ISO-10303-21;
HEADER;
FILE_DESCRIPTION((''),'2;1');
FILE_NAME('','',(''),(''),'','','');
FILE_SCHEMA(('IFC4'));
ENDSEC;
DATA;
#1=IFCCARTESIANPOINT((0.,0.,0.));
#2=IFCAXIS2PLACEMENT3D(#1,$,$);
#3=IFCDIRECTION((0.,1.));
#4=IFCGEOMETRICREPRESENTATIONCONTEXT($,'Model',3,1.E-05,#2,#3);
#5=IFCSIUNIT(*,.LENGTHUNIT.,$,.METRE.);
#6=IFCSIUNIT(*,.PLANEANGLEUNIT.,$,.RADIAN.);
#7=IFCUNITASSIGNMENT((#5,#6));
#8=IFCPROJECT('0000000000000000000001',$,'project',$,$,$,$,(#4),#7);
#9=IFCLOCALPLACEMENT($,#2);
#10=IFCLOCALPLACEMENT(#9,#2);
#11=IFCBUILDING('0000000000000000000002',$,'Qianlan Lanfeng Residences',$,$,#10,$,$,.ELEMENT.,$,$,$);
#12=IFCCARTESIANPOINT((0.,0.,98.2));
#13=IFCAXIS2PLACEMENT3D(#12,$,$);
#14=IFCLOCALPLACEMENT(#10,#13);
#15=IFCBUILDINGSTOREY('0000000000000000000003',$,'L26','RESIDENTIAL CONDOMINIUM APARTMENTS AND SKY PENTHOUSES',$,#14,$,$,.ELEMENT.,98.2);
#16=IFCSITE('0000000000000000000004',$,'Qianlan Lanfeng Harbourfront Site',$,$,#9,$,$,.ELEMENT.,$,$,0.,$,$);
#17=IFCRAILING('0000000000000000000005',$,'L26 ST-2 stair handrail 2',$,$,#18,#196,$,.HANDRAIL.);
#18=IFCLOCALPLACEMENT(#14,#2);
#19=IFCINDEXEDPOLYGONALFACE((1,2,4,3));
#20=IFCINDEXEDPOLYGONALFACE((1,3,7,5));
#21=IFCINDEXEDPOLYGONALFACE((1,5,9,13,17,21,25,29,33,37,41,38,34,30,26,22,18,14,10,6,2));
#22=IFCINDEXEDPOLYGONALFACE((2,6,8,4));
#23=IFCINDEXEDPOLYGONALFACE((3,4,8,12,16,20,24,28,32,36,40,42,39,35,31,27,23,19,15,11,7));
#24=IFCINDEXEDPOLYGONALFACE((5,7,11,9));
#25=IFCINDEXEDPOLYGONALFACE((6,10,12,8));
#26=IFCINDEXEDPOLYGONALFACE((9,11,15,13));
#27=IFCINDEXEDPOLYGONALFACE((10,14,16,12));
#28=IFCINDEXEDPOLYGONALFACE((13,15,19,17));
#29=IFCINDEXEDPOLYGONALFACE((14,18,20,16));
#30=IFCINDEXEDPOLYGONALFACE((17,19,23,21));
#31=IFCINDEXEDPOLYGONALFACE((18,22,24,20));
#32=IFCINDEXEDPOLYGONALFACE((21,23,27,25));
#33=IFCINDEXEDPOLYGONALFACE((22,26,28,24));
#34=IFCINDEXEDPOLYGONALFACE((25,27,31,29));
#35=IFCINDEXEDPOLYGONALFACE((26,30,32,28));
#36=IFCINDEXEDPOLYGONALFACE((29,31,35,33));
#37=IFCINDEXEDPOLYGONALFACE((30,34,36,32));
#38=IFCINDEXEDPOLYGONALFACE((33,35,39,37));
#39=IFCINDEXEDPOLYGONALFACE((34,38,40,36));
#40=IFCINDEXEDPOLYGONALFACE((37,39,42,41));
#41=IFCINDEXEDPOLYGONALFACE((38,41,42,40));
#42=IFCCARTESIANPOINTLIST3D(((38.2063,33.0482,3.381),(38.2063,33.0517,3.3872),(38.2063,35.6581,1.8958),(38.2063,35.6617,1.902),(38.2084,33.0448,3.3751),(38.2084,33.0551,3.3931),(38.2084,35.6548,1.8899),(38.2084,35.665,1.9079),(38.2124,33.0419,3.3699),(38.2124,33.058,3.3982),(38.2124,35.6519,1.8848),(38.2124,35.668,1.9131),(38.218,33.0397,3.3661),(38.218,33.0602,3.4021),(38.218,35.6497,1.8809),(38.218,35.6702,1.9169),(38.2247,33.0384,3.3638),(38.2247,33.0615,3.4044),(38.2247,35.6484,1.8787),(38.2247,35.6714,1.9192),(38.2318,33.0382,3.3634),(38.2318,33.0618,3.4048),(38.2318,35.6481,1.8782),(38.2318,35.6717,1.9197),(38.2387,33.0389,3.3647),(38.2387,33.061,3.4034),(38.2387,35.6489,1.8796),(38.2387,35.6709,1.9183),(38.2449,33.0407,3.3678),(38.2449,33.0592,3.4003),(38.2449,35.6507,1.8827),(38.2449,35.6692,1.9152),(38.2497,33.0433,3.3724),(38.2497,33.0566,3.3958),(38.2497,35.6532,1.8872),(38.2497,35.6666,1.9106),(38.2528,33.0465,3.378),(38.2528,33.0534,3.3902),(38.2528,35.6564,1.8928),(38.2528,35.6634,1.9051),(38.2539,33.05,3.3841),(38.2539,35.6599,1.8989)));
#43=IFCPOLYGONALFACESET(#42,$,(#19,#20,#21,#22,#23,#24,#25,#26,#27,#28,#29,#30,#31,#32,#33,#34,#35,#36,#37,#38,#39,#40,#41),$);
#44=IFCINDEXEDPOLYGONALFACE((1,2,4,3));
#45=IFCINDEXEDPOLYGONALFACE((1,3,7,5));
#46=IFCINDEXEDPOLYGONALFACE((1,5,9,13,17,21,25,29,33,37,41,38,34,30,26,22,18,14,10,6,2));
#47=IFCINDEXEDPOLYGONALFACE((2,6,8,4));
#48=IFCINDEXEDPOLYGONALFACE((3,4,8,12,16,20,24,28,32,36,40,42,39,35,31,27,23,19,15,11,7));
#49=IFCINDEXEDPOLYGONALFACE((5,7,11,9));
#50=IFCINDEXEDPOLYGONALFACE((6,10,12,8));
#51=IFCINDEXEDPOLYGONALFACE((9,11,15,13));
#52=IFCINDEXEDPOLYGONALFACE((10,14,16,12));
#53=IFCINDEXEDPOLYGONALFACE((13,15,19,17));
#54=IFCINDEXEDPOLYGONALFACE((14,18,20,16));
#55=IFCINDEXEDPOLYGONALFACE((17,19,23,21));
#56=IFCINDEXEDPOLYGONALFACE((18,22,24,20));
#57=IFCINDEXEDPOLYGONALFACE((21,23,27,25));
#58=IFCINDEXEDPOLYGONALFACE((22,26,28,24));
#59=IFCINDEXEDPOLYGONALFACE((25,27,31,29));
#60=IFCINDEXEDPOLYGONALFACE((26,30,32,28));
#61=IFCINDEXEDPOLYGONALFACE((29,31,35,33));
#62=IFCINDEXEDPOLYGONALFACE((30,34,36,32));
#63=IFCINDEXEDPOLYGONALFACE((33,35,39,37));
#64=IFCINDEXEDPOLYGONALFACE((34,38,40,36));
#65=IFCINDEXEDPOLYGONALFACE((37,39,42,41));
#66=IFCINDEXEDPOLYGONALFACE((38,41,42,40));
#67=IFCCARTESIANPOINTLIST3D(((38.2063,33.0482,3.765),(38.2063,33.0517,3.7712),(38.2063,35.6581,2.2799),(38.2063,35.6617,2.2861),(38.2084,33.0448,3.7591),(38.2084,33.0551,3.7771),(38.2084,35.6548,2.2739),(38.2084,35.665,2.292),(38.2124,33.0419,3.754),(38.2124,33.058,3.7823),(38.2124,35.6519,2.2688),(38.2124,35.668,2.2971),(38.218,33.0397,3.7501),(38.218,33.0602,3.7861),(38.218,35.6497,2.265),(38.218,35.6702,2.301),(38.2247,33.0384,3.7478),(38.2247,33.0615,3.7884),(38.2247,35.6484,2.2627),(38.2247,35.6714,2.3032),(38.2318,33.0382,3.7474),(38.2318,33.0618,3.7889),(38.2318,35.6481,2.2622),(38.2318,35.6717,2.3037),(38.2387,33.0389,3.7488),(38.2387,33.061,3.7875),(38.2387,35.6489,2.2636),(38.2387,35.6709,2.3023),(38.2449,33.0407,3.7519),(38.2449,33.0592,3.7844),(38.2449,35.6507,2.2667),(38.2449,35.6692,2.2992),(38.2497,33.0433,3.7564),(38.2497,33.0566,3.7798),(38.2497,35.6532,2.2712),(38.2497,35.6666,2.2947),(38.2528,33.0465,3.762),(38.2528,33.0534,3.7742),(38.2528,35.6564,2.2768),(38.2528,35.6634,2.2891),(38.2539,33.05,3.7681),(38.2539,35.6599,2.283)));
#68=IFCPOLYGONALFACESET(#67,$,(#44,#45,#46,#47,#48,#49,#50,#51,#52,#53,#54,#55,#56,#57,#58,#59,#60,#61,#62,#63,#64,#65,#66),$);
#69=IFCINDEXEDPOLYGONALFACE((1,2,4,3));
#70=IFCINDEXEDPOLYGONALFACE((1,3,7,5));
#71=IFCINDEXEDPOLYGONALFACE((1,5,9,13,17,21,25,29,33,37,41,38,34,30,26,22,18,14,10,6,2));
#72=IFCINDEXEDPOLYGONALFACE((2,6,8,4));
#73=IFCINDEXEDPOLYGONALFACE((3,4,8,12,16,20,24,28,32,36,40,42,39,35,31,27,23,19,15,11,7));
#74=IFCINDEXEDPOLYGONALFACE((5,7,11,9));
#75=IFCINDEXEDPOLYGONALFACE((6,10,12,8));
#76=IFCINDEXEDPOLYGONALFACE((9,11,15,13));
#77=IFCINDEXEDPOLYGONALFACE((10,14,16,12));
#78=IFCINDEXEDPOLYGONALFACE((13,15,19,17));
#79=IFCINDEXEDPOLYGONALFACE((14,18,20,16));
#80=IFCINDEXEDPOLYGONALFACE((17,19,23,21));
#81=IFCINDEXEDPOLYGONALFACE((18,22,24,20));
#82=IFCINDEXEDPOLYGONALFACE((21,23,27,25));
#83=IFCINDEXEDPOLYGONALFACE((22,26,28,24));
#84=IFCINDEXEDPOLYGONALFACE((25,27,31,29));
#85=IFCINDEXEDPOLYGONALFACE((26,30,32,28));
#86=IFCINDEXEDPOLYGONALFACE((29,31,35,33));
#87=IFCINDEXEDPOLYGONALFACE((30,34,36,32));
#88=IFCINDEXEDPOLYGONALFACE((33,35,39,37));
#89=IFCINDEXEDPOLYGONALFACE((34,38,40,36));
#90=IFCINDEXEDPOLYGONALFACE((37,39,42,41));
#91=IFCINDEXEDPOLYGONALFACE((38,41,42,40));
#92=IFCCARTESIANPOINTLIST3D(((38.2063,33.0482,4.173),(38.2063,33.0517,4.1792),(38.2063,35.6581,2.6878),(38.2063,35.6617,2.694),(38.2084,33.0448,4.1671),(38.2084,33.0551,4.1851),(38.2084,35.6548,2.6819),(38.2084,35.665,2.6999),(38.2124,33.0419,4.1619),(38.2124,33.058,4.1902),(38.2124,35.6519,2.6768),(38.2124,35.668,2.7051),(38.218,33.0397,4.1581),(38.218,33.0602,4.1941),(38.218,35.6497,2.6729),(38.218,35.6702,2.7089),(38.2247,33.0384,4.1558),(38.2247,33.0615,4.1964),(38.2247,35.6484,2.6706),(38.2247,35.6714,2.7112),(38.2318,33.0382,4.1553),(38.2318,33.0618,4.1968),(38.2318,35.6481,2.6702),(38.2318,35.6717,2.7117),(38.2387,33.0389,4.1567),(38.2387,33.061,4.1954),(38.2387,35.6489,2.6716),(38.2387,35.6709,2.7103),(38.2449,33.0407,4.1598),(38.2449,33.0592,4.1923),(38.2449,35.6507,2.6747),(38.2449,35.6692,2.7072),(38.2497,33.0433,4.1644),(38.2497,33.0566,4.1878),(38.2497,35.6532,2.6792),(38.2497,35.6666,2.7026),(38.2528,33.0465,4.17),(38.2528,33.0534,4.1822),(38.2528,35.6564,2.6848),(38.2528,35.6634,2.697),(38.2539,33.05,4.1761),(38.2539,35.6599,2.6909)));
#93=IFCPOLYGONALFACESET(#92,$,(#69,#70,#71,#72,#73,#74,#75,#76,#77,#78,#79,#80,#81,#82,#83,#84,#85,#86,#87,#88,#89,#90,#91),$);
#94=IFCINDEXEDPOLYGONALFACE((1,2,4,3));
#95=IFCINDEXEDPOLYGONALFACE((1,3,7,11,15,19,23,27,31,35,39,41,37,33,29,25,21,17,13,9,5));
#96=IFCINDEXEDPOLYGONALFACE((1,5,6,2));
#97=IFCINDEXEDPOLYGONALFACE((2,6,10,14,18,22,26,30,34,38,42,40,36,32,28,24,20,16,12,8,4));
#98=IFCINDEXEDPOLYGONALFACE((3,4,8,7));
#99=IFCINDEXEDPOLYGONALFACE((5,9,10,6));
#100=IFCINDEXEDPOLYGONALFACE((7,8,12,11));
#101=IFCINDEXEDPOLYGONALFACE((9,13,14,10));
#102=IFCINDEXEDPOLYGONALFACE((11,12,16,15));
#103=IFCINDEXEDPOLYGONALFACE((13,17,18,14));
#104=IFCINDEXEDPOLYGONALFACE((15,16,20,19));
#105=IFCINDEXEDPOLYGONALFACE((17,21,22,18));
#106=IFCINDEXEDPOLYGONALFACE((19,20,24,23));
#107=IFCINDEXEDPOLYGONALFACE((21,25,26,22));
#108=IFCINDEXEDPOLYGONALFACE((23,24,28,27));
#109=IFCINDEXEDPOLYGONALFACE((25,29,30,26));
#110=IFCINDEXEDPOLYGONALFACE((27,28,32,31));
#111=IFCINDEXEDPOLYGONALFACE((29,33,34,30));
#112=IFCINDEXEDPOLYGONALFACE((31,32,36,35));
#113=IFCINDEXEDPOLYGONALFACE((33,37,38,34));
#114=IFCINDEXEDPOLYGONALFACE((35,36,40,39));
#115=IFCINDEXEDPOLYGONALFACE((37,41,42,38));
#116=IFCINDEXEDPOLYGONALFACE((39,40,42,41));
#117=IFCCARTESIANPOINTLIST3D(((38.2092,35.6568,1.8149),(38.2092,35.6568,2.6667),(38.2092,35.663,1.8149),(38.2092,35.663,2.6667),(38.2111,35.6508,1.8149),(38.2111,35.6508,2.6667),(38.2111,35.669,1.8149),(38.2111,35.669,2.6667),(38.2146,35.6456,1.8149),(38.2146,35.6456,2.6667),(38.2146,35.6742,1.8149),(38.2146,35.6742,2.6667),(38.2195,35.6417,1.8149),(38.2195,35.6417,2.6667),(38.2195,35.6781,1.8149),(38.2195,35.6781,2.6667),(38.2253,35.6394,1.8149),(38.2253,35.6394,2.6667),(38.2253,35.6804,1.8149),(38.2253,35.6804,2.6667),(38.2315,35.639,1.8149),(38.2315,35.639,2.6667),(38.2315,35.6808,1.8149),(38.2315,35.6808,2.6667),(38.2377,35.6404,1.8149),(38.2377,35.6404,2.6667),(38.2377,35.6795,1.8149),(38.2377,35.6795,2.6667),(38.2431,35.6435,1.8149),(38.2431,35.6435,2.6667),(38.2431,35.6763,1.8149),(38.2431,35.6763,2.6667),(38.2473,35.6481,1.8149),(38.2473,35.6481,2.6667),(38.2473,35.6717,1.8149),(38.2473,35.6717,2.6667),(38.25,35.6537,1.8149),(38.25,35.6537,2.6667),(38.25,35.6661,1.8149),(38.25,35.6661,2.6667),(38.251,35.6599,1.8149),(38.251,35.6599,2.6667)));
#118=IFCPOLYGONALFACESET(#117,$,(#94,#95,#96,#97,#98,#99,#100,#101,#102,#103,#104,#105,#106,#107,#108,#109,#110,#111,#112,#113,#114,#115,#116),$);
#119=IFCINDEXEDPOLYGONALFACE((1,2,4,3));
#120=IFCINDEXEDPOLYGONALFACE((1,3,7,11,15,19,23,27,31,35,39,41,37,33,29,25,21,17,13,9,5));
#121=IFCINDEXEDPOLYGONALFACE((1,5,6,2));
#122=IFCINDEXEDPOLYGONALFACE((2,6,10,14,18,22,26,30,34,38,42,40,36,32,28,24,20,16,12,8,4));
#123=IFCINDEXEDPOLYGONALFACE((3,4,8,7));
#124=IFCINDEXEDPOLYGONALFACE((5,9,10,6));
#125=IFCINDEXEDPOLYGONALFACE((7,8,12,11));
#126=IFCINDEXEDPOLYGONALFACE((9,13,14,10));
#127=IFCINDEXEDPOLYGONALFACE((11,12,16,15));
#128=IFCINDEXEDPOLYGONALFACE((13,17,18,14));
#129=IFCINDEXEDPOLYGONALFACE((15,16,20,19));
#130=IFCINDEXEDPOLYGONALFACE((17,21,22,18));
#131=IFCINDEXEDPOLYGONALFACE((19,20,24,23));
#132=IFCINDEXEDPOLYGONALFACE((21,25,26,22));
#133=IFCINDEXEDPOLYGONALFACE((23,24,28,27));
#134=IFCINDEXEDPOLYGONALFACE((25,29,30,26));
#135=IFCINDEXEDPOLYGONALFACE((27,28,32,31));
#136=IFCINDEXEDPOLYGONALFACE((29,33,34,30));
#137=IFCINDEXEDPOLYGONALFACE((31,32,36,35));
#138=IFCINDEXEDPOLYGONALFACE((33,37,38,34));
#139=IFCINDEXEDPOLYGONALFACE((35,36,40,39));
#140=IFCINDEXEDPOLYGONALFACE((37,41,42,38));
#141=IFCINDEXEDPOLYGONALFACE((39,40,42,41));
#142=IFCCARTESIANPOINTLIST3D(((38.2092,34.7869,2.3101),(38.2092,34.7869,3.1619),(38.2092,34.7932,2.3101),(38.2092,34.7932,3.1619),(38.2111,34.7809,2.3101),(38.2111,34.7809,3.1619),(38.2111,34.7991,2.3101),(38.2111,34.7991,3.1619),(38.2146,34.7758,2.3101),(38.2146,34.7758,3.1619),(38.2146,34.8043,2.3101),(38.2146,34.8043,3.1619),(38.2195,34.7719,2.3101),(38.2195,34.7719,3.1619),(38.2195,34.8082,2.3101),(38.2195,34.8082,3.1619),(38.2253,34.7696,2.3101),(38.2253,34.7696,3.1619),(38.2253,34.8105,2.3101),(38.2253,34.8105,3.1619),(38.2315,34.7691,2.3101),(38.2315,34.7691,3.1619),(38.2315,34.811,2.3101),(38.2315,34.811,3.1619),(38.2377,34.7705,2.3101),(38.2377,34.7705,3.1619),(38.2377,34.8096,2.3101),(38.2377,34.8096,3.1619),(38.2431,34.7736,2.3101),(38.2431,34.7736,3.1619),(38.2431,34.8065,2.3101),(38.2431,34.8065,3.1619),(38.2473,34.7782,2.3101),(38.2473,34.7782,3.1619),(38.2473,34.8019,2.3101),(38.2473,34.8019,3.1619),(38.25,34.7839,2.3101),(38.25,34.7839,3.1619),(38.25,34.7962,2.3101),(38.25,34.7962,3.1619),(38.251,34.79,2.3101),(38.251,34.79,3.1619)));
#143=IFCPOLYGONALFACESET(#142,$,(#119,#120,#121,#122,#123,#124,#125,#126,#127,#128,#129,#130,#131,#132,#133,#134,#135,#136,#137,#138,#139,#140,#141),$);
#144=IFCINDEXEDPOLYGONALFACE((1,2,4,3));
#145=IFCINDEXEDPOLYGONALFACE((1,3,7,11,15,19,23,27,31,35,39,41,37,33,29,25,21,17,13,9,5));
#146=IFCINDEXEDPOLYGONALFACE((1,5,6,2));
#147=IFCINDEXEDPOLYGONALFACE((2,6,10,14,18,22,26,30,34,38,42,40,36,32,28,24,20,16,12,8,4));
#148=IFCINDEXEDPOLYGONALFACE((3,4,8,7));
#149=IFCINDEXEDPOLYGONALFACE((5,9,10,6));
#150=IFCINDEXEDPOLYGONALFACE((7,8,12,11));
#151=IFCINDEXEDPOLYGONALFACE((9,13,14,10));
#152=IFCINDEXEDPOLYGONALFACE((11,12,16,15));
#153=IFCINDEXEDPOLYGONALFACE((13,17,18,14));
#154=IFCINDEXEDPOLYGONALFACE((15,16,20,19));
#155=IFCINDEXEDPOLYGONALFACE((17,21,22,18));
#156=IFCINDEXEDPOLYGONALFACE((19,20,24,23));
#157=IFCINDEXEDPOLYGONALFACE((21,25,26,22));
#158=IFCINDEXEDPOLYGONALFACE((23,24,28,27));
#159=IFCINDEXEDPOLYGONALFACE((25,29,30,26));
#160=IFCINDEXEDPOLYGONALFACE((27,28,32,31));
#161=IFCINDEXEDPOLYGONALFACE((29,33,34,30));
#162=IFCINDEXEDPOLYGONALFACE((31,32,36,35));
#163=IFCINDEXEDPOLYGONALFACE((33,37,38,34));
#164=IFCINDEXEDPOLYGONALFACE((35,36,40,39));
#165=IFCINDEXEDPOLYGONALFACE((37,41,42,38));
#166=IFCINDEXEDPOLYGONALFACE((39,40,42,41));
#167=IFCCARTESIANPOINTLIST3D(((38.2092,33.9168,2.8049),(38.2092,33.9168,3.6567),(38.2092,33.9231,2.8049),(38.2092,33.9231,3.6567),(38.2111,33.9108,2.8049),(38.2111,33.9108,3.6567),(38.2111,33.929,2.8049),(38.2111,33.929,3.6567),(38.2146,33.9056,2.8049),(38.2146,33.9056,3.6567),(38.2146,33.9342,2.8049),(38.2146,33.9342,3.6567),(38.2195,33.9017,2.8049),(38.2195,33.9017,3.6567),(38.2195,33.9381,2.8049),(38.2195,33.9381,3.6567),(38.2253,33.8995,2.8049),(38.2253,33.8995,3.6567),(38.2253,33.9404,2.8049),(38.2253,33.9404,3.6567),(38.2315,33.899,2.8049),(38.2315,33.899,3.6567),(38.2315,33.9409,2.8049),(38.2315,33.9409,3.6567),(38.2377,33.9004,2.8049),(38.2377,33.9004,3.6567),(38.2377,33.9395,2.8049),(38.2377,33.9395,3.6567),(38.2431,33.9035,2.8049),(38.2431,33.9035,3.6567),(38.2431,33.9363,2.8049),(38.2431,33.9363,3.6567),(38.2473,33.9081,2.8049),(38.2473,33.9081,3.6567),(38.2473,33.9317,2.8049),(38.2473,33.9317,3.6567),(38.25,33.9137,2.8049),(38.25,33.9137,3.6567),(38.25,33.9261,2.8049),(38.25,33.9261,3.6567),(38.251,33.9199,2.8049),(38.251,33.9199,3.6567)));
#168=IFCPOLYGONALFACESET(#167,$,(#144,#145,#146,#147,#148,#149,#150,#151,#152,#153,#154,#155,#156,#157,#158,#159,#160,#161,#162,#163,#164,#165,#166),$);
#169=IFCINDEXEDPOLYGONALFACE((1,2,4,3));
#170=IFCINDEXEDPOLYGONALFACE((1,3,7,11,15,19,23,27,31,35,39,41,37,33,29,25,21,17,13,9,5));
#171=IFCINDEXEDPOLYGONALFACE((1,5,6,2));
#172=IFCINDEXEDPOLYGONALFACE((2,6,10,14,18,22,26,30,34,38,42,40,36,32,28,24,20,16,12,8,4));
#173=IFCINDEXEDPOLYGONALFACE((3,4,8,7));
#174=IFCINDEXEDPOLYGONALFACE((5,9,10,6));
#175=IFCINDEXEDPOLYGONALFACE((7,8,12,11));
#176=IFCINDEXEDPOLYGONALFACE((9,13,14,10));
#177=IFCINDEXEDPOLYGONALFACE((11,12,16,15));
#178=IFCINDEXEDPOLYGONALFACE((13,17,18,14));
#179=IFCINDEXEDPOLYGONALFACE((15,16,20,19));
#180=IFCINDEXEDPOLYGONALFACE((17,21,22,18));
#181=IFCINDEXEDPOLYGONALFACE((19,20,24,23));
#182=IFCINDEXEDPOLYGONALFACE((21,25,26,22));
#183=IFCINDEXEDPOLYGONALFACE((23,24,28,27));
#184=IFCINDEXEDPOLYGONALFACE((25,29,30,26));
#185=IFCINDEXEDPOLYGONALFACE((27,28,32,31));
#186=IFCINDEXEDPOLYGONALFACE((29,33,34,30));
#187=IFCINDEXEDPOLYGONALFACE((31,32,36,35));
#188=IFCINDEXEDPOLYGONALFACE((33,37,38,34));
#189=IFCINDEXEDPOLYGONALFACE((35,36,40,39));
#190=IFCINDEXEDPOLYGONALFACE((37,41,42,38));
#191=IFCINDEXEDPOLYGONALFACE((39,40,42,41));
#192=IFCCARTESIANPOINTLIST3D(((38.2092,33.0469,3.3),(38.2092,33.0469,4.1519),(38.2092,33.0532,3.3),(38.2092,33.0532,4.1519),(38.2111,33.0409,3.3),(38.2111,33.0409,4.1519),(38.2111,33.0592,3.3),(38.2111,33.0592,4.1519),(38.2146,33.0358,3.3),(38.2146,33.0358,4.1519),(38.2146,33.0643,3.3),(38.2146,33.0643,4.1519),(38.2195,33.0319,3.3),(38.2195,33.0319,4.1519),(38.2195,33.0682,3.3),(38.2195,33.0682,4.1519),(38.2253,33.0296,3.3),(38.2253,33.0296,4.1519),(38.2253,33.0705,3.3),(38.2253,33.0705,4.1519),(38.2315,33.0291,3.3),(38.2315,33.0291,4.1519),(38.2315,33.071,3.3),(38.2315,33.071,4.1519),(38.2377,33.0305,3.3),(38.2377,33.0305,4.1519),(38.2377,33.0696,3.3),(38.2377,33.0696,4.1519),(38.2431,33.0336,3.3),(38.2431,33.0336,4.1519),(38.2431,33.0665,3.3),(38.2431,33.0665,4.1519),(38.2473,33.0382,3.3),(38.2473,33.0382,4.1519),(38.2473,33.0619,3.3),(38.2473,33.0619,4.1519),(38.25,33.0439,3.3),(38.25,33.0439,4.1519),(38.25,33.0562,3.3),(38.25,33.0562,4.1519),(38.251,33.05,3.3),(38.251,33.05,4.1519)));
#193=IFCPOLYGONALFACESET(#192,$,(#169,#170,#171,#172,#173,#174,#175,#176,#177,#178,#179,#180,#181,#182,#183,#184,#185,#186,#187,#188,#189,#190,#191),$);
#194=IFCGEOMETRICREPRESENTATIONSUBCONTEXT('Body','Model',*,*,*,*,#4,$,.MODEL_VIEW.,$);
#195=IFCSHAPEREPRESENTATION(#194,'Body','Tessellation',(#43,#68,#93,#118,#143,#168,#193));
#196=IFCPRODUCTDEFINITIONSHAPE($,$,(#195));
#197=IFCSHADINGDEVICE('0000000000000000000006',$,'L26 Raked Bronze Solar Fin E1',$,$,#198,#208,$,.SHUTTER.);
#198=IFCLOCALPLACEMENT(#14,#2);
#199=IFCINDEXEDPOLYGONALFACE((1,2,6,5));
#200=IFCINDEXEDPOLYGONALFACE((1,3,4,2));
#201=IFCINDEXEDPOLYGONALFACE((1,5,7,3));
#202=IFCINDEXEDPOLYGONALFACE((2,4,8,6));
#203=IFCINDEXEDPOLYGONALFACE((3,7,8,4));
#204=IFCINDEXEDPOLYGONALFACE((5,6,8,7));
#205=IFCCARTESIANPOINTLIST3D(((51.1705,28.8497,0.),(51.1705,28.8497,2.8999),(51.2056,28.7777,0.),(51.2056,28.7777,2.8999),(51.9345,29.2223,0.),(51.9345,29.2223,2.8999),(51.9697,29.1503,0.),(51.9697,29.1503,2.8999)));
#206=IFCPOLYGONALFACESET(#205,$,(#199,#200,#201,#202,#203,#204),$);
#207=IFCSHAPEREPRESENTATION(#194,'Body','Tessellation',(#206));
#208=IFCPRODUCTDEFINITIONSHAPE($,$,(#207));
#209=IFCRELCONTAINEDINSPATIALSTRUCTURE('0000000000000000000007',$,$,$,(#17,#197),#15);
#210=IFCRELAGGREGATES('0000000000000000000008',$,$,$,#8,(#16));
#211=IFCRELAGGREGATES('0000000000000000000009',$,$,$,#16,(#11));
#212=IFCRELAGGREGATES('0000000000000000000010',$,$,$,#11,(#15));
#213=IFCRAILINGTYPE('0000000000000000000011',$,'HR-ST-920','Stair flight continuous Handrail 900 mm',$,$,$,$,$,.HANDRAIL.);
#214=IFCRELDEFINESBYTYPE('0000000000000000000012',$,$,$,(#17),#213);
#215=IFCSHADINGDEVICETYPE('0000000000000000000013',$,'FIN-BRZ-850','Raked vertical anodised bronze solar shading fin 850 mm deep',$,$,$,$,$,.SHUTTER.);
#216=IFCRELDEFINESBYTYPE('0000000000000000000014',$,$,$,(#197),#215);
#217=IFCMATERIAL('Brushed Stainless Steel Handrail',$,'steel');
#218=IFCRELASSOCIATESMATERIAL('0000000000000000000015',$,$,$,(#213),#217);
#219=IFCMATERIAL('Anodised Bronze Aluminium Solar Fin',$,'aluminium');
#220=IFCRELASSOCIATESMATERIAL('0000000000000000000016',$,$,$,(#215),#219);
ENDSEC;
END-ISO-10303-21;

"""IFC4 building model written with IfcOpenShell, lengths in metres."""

from ifc_helpers import new_model, si_unit, direction, frame, origin, origin_2d, place, context, subcontext, project, spatial, rectangle, circle, extrude, source, transform, mapped, material, type_object, element, save


model = new_model("IFC4")

# Units and contexts
model_context = context("Model", 3, precision=1e-05, world=origin(), true_north=direction((0.0, 1.0)))
body_context = subcontext(model_context, "Body", "Model", "MODEL_VIEW")
ifc_project = project(units=[si_unit("LENGTHUNIT", "METRE"), si_unit("PLANEANGLEUNIT", "RADIAN")], contexts=[model_context])

# Site, building, storey
site_placement = place(None, origin())
site = spatial("IfcSite", under=ifc_project, at=site_placement, Name="Qianlan Lanfeng Harbourfront Site", CompositionType="ELEMENT", RefElevation=0.0)
building_placement = place(site_placement, origin())
building = spatial("IfcBuilding", under=site, at=building_placement, Name="Qianlan Lanfeng Residences", CompositionType="ELEMENT")
storey_placement = place(building_placement, frame((0.0, 0.0, 98.2)))
storey = spatial("IfcBuildingStorey", under=building, at=storey_placement, Name="L26", Description="RESIDENTIAL CONDOMINIUM APARTMENTS AND SKY PENTHOUSES", CompositionType="ELEMENT", Elevation=98.2)

# Railing
ifc_material_1 = material(Name="Brushed Stainless Steel Handrail", Category="steel")
railing_type_1 = type_object("IfcRailingType", Name="HR-ST-920", Description="Stair flight continuous Handrail 900 mm", PredefinedType="HANDRAIL", material=ifc_material_1)
railing_1_placement = place(storey_placement, frame((38.23, 35.6599, 1.8149)))
element("IfcRailing", 1, at=railing_1_placement, inside=storey, type_object=railing_type_1, Name="L26 ST-2 stair handrail 2", PredefinedType="HANDRAIL", context=body_context, shape_type="SweptSolid", body=[
    extrude(circle(Radius=0.0239, at=origin_2d()), frame((0.0, 0.0, 0.084), z_axis=(0.0, -0.869137, 0.494571), x_axis=(1.0, 0.0, 0.0)), (0.0, 0.0, 1.0), 3.0029),
    extrude(circle(Radius=0.0239, at=origin_2d()), frame((0.0, 0.0, 0.468), z_axis=(0.0, -0.869137, 0.494571), x_axis=(1.0, 0.0, 0.0)), (0.0, 0.0, 1.0), 3.0029),
    extrude(circle(Radius=0.0239, at=origin_2d()), frame((0.0, 0.0, 0.876), z_axis=(0.0, -0.869137, 0.494571), x_axis=(1.0, 0.0, 0.0)), (0.0, 0.0, 1.0), 3.0029),
    extrude(circle(Radius=0.021, at=origin_2d()), origin(), (0.0, 0.0, 1.0), 0.8518),
    extrude(circle(Radius=0.021, at=origin_2d()), frame((0.0, -0.8699, 0.4951)), (0.0, 0.0, 1.0), 0.8518),
    extrude(circle(Radius=0.021, at=origin_2d()), frame((0.0, -1.74, 0.99)), (0.0, 0.0, 1.0), 0.8518),
    extrude(circle(Radius=0.021, at=origin_2d()), frame((0.0, -2.6099, 1.4851)), (0.0, 0.0, 1.0), 0.8518),
])

# Shading device
ifc_material_2 = material(Name="Anodised Bronze Aluminium Solar Fin", Category="aluminium")
shading_device_type = type_object("IfcShadingDeviceType", Name="FIN-BRZ-850", Description="Raked vertical anodised bronze solar shading fin 850 mm deep", PredefinedType="SHUTTER", material=ifc_material_2)
shared_shape_1 = source(origin(), body_context, "Body", "SweptSolid", [
    extrude(rectangle(XDim=0.8501, YDim=0.0801, at=origin_2d()), origin(), (0.0, 0.0, 1.0), 2.8999),
])
for number, where, z_axis, x_axis, name in (
    (2, (51.5701, 29.0, 0.0), (0.0, 0.0, 1.0), (0.898794, 0.438371, 0.0), "L26 Raked Bronze Solar Fin E1"),
):
    element("IfcShadingDevice", number, at=place(storey_placement, frame(where, z_axis=z_axis, x_axis=x_axis)), inside=storey, type_object=shading_device_type, Name=name, PredefinedType="SHUTTER", context=body_context, shape_type="MappedRepresentation", body=[
        mapped(shared_shape_1, transform((0.0, 0.0, 0.0), scale=1.0)),
    ])

save(model, "model.ifc")
